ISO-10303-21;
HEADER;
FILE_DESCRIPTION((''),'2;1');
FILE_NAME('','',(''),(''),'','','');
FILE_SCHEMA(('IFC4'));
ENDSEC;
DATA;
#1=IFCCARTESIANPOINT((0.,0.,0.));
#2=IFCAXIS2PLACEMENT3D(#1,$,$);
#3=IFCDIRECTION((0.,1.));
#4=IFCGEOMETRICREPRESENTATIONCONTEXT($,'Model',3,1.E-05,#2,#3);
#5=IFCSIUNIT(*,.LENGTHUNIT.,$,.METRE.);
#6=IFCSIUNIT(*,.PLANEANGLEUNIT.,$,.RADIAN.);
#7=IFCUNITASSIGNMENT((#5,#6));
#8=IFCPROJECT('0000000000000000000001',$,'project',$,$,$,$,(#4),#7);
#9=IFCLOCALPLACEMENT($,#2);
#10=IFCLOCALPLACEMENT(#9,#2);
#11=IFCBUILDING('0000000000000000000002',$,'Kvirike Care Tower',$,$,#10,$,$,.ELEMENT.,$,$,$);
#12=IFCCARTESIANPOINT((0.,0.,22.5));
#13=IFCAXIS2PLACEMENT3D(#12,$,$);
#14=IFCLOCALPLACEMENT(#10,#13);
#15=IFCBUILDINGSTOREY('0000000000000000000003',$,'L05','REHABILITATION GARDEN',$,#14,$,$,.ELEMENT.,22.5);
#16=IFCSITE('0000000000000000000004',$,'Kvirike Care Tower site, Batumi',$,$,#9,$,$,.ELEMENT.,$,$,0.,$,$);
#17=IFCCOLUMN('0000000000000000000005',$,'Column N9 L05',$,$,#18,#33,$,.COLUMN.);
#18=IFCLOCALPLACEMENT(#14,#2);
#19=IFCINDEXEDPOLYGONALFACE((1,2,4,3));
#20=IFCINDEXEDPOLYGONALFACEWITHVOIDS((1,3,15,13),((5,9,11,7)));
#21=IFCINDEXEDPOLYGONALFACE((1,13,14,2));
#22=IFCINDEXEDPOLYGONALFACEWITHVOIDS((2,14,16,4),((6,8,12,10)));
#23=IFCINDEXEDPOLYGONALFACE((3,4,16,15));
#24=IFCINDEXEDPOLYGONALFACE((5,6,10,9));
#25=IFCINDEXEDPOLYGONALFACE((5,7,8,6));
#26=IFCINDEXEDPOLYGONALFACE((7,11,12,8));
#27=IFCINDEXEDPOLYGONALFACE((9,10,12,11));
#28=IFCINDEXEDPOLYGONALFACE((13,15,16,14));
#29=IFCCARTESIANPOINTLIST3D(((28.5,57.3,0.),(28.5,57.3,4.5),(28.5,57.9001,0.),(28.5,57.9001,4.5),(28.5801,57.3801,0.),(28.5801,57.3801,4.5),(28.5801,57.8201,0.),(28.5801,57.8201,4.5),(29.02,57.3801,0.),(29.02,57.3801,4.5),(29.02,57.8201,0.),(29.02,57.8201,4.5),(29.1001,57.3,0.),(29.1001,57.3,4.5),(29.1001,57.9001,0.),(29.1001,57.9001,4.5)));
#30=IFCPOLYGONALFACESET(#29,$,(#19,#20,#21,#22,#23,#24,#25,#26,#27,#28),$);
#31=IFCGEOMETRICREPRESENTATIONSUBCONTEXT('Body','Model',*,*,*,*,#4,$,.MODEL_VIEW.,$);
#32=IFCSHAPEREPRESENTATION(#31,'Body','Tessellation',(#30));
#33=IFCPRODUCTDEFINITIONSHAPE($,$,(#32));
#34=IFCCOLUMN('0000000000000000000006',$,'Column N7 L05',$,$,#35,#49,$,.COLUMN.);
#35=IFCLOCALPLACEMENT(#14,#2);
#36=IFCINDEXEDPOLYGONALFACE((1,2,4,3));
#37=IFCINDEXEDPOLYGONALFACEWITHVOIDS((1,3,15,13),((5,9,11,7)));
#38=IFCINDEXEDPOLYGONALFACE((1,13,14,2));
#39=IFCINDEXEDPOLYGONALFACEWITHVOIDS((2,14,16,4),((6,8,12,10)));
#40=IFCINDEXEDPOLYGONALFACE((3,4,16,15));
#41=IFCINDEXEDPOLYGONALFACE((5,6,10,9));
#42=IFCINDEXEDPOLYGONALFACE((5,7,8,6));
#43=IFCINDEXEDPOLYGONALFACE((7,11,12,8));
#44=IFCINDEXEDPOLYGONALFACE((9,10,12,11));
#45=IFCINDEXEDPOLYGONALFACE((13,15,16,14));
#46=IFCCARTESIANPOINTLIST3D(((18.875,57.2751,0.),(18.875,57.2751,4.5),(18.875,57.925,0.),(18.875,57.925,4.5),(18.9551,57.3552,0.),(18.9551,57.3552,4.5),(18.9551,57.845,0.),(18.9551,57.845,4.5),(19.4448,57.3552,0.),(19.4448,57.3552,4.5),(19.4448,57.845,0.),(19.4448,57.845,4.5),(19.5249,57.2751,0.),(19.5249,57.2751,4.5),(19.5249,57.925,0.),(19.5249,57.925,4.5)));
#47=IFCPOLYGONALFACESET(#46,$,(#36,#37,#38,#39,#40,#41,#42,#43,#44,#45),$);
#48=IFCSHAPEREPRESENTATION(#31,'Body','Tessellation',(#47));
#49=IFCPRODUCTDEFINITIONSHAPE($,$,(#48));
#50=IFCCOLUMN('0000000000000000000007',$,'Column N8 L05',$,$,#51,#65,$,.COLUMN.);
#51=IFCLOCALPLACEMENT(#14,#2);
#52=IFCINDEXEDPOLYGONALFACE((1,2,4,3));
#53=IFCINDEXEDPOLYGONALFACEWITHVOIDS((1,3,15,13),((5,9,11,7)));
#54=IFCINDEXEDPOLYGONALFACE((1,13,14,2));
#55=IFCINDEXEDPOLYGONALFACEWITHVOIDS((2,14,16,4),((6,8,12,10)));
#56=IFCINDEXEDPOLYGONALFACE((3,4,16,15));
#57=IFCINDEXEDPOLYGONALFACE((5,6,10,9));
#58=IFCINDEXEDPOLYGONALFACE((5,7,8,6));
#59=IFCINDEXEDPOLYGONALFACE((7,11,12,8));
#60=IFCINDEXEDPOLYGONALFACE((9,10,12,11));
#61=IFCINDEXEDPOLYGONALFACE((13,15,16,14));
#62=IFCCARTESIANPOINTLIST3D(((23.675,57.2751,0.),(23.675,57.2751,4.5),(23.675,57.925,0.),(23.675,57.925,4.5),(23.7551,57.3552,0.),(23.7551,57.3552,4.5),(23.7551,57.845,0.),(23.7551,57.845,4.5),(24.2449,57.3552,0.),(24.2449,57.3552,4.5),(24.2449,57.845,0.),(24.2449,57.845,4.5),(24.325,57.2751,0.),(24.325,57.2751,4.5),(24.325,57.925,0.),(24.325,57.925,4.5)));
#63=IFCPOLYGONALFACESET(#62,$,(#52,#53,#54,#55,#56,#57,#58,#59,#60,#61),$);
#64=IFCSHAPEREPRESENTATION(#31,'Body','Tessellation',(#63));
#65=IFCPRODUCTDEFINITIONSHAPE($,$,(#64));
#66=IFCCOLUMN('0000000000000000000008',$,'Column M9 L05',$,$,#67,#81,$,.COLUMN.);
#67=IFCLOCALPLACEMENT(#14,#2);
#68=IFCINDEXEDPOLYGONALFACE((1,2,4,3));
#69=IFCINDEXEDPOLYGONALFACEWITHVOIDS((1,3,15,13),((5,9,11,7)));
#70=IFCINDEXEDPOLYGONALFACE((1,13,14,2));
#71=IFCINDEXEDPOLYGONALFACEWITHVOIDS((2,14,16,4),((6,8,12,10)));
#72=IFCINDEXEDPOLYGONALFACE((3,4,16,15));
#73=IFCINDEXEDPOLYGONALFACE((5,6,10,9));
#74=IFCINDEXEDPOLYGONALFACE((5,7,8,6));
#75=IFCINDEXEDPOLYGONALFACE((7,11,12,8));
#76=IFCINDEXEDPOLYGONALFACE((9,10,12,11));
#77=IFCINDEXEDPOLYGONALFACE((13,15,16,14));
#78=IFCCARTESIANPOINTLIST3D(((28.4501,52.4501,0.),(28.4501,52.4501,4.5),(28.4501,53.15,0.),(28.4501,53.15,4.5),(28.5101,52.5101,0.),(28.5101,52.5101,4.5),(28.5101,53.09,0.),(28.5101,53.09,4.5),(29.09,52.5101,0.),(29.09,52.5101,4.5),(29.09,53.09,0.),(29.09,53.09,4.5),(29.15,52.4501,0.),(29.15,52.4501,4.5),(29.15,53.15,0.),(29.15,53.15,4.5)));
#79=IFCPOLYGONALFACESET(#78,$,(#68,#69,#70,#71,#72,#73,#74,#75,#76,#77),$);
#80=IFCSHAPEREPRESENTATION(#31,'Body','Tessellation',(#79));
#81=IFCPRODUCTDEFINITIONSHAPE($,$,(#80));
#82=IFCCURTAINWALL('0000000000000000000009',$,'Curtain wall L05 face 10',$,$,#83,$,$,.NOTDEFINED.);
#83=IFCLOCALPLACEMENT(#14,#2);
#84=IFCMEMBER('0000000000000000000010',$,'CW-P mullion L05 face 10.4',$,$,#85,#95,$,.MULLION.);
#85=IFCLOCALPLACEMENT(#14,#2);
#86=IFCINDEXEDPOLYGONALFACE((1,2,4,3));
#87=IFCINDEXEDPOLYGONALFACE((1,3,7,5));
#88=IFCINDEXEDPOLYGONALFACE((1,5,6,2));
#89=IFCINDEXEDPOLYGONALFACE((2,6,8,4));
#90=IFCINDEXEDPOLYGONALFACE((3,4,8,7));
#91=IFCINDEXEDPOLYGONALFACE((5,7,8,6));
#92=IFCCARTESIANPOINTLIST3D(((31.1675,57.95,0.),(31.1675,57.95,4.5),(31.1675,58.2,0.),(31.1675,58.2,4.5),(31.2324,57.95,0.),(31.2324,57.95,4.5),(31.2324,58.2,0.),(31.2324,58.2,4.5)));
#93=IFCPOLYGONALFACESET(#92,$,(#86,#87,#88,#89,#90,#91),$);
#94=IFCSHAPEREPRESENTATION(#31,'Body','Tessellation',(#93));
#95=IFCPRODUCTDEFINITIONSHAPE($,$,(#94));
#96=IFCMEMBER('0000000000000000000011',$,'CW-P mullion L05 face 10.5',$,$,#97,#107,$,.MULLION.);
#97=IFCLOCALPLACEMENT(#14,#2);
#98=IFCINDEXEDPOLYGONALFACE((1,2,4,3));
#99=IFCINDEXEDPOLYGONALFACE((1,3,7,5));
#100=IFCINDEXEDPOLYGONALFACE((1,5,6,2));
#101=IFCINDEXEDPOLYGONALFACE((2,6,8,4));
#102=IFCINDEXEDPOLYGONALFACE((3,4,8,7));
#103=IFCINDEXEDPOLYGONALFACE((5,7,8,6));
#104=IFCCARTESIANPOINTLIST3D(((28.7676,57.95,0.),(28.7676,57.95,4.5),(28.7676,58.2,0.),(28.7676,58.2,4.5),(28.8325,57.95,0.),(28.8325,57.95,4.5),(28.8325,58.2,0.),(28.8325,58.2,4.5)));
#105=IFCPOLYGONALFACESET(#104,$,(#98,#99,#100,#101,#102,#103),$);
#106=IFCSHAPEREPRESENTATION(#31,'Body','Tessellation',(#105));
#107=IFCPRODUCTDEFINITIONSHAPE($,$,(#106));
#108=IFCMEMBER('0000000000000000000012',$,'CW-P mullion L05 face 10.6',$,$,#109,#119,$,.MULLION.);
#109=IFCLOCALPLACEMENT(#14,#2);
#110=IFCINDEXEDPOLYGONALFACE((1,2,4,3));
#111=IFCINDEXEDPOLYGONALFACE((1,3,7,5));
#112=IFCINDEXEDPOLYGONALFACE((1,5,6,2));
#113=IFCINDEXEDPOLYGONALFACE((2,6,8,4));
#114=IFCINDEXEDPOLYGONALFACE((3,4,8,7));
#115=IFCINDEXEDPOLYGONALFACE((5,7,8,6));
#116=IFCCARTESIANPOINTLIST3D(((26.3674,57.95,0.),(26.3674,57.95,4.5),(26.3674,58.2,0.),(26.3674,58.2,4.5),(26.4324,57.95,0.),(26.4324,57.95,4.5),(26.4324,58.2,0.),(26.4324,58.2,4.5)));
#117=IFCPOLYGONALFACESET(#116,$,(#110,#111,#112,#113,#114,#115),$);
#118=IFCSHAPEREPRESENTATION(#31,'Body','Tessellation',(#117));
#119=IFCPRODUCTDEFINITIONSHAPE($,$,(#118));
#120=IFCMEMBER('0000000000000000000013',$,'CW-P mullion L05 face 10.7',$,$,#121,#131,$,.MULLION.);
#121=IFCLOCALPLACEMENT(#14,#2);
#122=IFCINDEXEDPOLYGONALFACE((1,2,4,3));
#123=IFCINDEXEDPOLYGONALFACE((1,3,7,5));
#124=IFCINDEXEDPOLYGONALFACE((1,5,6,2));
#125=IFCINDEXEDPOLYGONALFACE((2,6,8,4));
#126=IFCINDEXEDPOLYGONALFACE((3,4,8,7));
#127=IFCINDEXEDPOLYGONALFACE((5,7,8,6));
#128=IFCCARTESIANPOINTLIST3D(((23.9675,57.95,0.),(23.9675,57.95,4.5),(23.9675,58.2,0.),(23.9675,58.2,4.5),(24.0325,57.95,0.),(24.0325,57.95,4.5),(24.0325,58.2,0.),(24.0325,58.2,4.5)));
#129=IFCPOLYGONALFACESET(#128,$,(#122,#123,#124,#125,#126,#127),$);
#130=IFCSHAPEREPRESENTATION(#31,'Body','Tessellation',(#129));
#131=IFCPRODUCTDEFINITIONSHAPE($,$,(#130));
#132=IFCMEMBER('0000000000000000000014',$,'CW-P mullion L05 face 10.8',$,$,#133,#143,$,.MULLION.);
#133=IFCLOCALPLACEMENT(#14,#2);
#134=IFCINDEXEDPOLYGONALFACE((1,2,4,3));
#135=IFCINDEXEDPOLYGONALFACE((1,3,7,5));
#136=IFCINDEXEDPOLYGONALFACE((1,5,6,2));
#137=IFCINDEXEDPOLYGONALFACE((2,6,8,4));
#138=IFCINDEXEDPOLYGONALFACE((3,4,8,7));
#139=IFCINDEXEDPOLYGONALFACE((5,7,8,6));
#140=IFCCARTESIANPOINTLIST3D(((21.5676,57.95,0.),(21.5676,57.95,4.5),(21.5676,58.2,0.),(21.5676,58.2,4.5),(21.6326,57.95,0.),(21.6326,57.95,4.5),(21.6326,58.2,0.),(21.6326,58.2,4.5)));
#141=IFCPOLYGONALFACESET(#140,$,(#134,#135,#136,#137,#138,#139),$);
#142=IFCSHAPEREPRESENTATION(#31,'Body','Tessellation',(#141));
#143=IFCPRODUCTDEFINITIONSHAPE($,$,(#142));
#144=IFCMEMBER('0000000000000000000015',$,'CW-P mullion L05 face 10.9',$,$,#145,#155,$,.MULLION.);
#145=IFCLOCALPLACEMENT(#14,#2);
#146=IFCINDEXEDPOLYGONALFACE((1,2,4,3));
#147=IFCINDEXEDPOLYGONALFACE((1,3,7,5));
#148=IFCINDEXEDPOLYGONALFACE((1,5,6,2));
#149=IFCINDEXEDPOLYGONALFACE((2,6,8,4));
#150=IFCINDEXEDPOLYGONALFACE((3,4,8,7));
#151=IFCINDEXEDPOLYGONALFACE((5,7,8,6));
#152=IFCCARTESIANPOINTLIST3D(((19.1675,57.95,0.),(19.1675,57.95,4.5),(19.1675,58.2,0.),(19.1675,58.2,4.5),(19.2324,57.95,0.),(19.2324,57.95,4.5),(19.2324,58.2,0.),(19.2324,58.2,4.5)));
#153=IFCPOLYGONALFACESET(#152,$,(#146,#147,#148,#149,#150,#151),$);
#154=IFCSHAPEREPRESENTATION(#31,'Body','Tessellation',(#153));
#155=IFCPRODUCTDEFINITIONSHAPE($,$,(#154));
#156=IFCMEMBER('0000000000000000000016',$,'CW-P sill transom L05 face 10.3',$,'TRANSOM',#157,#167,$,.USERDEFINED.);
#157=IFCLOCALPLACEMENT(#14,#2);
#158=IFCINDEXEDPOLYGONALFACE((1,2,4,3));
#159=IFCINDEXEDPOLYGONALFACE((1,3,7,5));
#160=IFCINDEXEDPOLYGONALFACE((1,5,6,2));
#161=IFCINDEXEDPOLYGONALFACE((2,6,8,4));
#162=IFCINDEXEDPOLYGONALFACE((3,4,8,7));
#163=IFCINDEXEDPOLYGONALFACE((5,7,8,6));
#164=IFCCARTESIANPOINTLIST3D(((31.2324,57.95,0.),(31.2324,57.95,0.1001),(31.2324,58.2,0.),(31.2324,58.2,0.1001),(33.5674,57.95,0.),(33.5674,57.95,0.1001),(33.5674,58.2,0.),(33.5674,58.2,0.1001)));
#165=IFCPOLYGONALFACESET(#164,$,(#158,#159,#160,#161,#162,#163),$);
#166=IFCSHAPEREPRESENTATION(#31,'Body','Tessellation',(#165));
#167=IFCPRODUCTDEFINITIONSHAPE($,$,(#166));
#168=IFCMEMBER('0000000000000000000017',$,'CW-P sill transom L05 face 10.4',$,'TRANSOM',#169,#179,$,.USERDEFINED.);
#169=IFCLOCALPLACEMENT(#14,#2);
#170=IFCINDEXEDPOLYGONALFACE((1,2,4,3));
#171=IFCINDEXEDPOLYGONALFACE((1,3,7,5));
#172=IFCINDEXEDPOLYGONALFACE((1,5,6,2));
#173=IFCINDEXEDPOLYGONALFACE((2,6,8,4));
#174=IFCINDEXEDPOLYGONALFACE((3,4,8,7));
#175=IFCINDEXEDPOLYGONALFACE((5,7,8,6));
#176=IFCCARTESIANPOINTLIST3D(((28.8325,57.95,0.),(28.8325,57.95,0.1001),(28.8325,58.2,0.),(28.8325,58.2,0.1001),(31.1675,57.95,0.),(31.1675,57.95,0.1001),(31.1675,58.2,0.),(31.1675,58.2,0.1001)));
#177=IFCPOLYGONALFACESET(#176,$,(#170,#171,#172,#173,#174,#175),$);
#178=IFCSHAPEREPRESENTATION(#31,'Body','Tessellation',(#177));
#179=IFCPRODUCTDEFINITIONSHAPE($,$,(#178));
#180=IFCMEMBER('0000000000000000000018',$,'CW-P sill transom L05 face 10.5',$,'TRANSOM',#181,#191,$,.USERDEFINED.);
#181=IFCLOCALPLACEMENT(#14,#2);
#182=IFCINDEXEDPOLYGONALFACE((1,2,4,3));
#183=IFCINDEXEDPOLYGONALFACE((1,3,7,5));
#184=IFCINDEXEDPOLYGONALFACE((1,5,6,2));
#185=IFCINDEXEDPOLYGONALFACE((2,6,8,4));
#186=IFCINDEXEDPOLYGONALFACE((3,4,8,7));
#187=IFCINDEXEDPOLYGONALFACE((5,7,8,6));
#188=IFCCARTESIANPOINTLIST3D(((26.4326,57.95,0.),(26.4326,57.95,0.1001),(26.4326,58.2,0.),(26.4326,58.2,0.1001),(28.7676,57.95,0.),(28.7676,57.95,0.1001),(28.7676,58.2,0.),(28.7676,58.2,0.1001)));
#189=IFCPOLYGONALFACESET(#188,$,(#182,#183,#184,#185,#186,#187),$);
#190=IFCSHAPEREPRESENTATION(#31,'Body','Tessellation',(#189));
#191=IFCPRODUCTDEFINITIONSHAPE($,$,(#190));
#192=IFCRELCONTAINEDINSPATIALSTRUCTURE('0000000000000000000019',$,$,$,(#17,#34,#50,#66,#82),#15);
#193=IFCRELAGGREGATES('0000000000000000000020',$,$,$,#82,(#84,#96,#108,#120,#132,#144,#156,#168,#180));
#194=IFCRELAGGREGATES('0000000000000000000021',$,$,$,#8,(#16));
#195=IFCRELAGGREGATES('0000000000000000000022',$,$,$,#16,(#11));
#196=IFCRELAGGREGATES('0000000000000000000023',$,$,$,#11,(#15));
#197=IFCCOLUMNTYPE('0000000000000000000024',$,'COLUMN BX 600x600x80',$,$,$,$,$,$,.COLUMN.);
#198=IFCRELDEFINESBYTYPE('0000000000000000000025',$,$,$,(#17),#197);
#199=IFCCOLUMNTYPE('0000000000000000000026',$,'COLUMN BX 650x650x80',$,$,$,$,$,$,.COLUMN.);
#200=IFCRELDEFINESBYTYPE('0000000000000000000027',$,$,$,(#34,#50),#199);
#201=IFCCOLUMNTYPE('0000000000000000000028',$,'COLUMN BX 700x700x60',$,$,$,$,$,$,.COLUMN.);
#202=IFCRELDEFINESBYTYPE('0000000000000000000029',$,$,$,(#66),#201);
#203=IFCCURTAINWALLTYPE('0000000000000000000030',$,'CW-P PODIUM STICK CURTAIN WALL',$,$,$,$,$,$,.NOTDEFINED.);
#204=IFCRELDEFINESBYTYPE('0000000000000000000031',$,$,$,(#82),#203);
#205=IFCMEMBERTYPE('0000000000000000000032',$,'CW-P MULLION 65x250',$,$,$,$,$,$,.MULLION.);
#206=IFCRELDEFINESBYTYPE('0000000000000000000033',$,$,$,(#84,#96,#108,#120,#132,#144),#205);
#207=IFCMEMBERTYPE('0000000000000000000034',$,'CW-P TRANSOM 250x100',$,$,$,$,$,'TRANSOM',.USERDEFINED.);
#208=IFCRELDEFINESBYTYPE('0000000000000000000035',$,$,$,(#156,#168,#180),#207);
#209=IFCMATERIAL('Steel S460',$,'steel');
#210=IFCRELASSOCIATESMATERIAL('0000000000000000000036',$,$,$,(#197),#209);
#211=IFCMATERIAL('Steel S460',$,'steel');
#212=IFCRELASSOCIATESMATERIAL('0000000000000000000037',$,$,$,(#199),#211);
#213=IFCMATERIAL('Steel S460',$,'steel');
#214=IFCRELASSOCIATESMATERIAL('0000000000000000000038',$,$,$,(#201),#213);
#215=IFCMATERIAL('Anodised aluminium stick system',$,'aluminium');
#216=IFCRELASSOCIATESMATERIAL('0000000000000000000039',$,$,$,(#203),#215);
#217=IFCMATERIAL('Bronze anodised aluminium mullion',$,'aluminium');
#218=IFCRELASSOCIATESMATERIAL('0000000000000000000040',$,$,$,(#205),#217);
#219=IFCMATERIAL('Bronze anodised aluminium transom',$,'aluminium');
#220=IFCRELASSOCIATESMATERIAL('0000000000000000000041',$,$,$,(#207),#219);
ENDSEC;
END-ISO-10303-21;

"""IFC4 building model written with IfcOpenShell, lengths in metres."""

from ifc_helpers import new_model, si_unit, direction, frame, origin, origin_2d, place, context, subcontext, project, spatial, rectangle, hollow_rectangle, extrude, material, material_profile, profile_set, type_object, element, aggregate, save


model = new_model("IFC4")

# Units and contexts
model_context = context("Model", 3, precision=1e-05, world=origin(), true_north=direction((0.0, 1.0)))
body_context = subcontext(model_context, "Body", "Model", "MODEL_VIEW")
ifc_project = project(units=[si_unit("LENGTHUNIT", "METRE"), si_unit("PLANEANGLEUNIT", "RADIAN")], contexts=[model_context])

# Site, building, storey
site_placement = place(None, origin())
site = spatial("IfcSite", under=ifc_project, at=site_placement, Name="Kvirike Care Tower site, Batumi", CompositionType="ELEMENT", RefElevation=0.0)
building_placement = place(site_placement, origin())
building = spatial("IfcBuilding", under=site, at=building_placement, Name="Kvirike Care Tower", CompositionType="ELEMENT")
storey_placement = place(building_placement, frame((0.0, 0.0, 22.5)))
storey = spatial("IfcBuildingStorey", under=building, at=storey_placement, Name="L05", Description="REHABILITATION GARDEN", CompositionType="ELEMENT", Elevation=22.5)

# Columns
ifc_material_1 = material(Name="Steel S460", Category="steel")
ifc_material_profile_1 = material_profile(ifc_material_1, hollow_rectangle(XDim=0.6001, YDim=0.6001, WallThickness=0.0801, at=origin_2d()), Name="BX 600x600x80")
ifc_profile_set_1 = profile_set([ifc_material_profile_1], Name="Steel S460")
column_type_1 = type_object("IfcColumnType", Name="COLUMN BX 600x600x80", PredefinedType="COLUMN", material=ifc_profile_set_1)
column_1_placement = place(storey_placement, frame((28.8, 57.6001, 0.0), z_axis=(0.0, 0.0, 1.0), x_axis=(0.0, 1.0, 0.0)))
element("IfcColumn", 1, at=column_1_placement, inside=storey, type_object=column_type_1, Name="Column N9 L05", PredefinedType="COLUMN", context=body_context, shape_type="SweptSolid", body=[
    extrude(hollow_rectangle(XDim=0.6001, YDim=0.6001, WallThickness=0.0801, at=origin_2d()), origin(), (0.0, 0.0, 1.0), 4.5),
])
ifc_material_2 = material(Name="Steel S460", Category="steel")
ifc_material_profile_2 = material_profile(ifc_material_2, hollow_rectangle(XDim=0.6499, YDim=0.6499, WallThickness=0.0801, at=origin_2d()), Name="BX 650x650x80")
ifc_profile_set_2 = profile_set([ifc_material_profile_2], Name="Steel S460")
column_type_2 = type_object("IfcColumnType", Name="COLUMN BX 650x650x80", PredefinedType="COLUMN", material=ifc_profile_set_2)
for number, where, z_axis, x_axis, name in (
    (2, (19.2, 57.6001, 0.0), (0.0, 0.0, 1.0), (0.0, 1.0, 0.0), "Column N7 L05"),
    (3, (24.0, 57.6001, 0.0), (0.0, 0.0, 1.0), (0.0, 1.0, 0.0), "Column N8 L05"),
):
    element("IfcColumn", number, at=place(storey_placement, frame(where, z_axis=z_axis, x_axis=x_axis)), inside=storey, type_object=column_type_2, Name=name, PredefinedType="COLUMN", context=body_context, shape_type="SweptSolid", body=[
        extrude(hollow_rectangle(XDim=0.6499, YDim=0.6499, WallThickness=0.0801, at=origin_2d()), origin(), (0.0, 0.0, 1.0), 4.5),
    ])
ifc_material_3 = material(Name="Steel S460", Category="steel")
ifc_material_profile_3 = material_profile(ifc_material_3, hollow_rectangle(XDim=0.7, YDim=0.7, WallThickness=0.0601, at=origin_2d()), Name="BX 700x700x60")
ifc_profile_set_3 = profile_set([ifc_material_profile_3], Name="Steel S460")
column_type_3 = type_object("IfcColumnType", Name="COLUMN BX 700x700x60", PredefinedType="COLUMN", material=ifc_profile_set_3)
column_2_placement = place(storey_placement, frame((28.8, 52.8, 0.0), z_axis=(0.0, 0.0, 1.0), x_axis=(1.0, 0.0, 0.0)))
element("IfcColumn", 4, at=column_2_placement, inside=storey, type_object=column_type_3, Name="Column M9 L05", PredefinedType="COLUMN", context=body_context, shape_type="SweptSolid", body=[
    extrude(hollow_rectangle(XDim=0.7, YDim=0.7, WallThickness=0.0601, at=origin_2d()), origin(), (0.0, 0.0, 1.0), 4.5),
])

# Curtain wall, members
ifc_material_4 = material(Name="Anodised aluminium stick system", Category="aluminium")
curtain_wall_type = type_object("IfcCurtainWallType", Name="CW-P PODIUM STICK CURTAIN WALL", PredefinedType="NOTDEFINED", material=ifc_material_4)
curtain_wall_placement = place(storey_placement, origin())
curtain_wall = element("IfcCurtainWall", 5, at=curtain_wall_placement, inside=storey, type_object=curtain_wall_type, Name="Curtain wall L05 face 10", PredefinedType="NOTDEFINED")
ifc_material_5 = material(Name="Bronze anodised aluminium mullion", Category="aluminium")
ifc_material_profile_4 = material_profile(ifc_material_5, rectangle(XDim=0.0649, YDim=0.25, at=origin_2d()), Name="CW-P MULLION 65x250")
ifc_profile_set_4 = profile_set([ifc_material_profile_4], Name="Bronze anodised aluminium mullion")
member_type_1 = type_object("IfcMemberType", Name="CW-P MULLION 65x250", PredefinedType="MULLION", material=ifc_profile_set_4)
member_1_placement = place(storey_placement, frame((31.2, 58.075, 0.0), z_axis=(0.0, 0.0, 1.0), x_axis=(-1.0, 0.0, 0.0)))
member_1 = element("IfcMember", 6, at=member_1_placement, type_object=member_type_1, Name="CW-P mullion L05 face 10.4", PredefinedType="MULLION", context=body_context, shape_type="SweptSolid", body=[
    extrude(rectangle(XDim=0.0649, YDim=0.25, at=origin_2d()), origin(), (0.0, 0.0, 1.0), 4.5),
])
member_2_placement = place(storey_placement, frame((28.8, 58.075, 0.0), z_axis=(0.0, 0.0, 1.0), x_axis=(-1.0, 0.0, 0.0)))
member_2 = element("IfcMember", 7, at=member_2_placement, type_object=member_type_1, Name="CW-P mullion L05 face 10.5", PredefinedType="MULLION", context=body_context, shape_type="SweptSolid", body=[
    extrude(rectangle(XDim=0.0649, YDim=0.25, at=origin_2d()), origin(), (0.0, 0.0, 1.0), 4.5),
])
member_3_placement = place(storey_placement, frame((26.3999, 58.075, 0.0), z_axis=(0.0, 0.0, 1.0), x_axis=(-1.0, 0.0, 0.0)))
member_3 = element("IfcMember", 8, at=member_3_placement, type_object=member_type_1, Name="CW-P mullion L05 face 10.6", PredefinedType="MULLION", context=body_context, shape_type="SweptSolid", body=[
    extrude(rectangle(XDim=0.0649, YDim=0.25, at=origin_2d()), origin(), (0.0, 0.0, 1.0), 4.5),
])
member_4_placement = place(storey_placement, frame((24.0, 58.075, 0.0), z_axis=(0.0, 0.0, 1.0), x_axis=(-1.0, 0.0, 0.0)))
member_4 = element("IfcMember", 9, at=member_4_placement, type_object=member_type_1, Name="CW-P mullion L05 face 10.7", PredefinedType="MULLION", context=body_context, shape_type="SweptSolid", body=[
    extrude(rectangle(XDim=0.0649, YDim=0.25, at=origin_2d()), origin(), (0.0, 0.0, 1.0), 4.5),
])
member_5_placement = place(storey_placement, frame((21.6001, 58.075, 0.0), z_axis=(0.0, 0.0, 1.0), x_axis=(-1.0, 0.0, 0.0)))
member_5 = element("IfcMember", 10, at=member_5_placement, type_object=member_type_1, Name="CW-P mullion L05 face 10.8", PredefinedType="MULLION", context=body_context, shape_type="SweptSolid", body=[
    extrude(rectangle(XDim=0.0649, YDim=0.25, at=origin_2d()), origin(), (0.0, 0.0, 1.0), 4.5),
])
member_6_placement = place(storey_placement, frame((19.2, 58.075, 0.0), z_axis=(0.0, 0.0, 1.0), x_axis=(-1.0, 0.0, 0.0)))
member_6 = element("IfcMember", 11, at=member_6_placement, type_object=member_type_1, Name="CW-P mullion L05 face 10.9", PredefinedType="MULLION", context=body_context, shape_type="SweptSolid", body=[
    extrude(rectangle(XDim=0.0649, YDim=0.25, at=origin_2d()), origin(), (0.0, 0.0, 1.0), 4.5),
])
ifc_material_6 = material(Name="Bronze anodised aluminium transom", Category="aluminium")
ifc_material_profile_5 = material_profile(ifc_material_6, rectangle(XDim=0.25, YDim=0.1001, at=origin_2d()), Name="CW-P TRANSOM 250x100")
ifc_profile_set_5 = profile_set([ifc_material_profile_5], Name="Bronze anodised aluminium transom")
member_type_2 = type_object("IfcMemberType", Name="CW-P TRANSOM 250x100", ElementType="TRANSOM", PredefinedType="USERDEFINED", material=ifc_profile_set_5)
member_7_placement = place(storey_placement, frame((33.5674, 58.075, 0.05), z_axis=(-1.0, 0.0, 0.0), x_axis=(0.0, -1.0, 0.0)))
member_7 = element("IfcMember", 12, at=member_7_placement, type_object=member_type_2, Name="CW-P sill transom L05 face 10.3", ObjectType="TRANSOM", PredefinedType="USERDEFINED", context=body_context, shape_type="SweptSolid", body=[
    extrude(rectangle(XDim=0.25, YDim=0.1001, at=origin_2d()), origin(), (0.0, 0.0, 1.0), 2.335),
])
member_8_placement = place(storey_placement, frame((31.1675, 58.075, 0.05), z_axis=(-1.0, 0.0, 0.0), x_axis=(0.0, -1.0, 0.0)))
member_8 = element("IfcMember", 13, at=member_8_placement, type_object=member_type_2, Name="CW-P sill transom L05 face 10.4", ObjectType="TRANSOM", PredefinedType="USERDEFINED", context=body_context, shape_type="SweptSolid", body=[
    extrude(rectangle(XDim=0.25, YDim=0.1001, at=origin_2d()), origin(), (0.0, 0.0, 1.0), 2.335),
])
member_9_placement = place(storey_placement, frame((28.7676, 58.075, 0.05), z_axis=(-1.0, 0.0, 0.0), x_axis=(0.0, -1.0, 0.0)))
member_9 = element("IfcMember", 14, at=member_9_placement, type_object=member_type_2, Name="CW-P sill transom L05 face 10.5", ObjectType="TRANSOM", PredefinedType="USERDEFINED", context=body_context, shape_type="SweptSolid", body=[
    extrude(rectangle(XDim=0.25, YDim=0.1001, at=origin_2d()), origin(), (0.0, 0.0, 1.0), 2.335),
])

aggregate(curtain_wall, [member_1, member_2, member_3, member_4, member_5, member_6, member_7, member_8, member_9])

save(model, "model.ifc")
